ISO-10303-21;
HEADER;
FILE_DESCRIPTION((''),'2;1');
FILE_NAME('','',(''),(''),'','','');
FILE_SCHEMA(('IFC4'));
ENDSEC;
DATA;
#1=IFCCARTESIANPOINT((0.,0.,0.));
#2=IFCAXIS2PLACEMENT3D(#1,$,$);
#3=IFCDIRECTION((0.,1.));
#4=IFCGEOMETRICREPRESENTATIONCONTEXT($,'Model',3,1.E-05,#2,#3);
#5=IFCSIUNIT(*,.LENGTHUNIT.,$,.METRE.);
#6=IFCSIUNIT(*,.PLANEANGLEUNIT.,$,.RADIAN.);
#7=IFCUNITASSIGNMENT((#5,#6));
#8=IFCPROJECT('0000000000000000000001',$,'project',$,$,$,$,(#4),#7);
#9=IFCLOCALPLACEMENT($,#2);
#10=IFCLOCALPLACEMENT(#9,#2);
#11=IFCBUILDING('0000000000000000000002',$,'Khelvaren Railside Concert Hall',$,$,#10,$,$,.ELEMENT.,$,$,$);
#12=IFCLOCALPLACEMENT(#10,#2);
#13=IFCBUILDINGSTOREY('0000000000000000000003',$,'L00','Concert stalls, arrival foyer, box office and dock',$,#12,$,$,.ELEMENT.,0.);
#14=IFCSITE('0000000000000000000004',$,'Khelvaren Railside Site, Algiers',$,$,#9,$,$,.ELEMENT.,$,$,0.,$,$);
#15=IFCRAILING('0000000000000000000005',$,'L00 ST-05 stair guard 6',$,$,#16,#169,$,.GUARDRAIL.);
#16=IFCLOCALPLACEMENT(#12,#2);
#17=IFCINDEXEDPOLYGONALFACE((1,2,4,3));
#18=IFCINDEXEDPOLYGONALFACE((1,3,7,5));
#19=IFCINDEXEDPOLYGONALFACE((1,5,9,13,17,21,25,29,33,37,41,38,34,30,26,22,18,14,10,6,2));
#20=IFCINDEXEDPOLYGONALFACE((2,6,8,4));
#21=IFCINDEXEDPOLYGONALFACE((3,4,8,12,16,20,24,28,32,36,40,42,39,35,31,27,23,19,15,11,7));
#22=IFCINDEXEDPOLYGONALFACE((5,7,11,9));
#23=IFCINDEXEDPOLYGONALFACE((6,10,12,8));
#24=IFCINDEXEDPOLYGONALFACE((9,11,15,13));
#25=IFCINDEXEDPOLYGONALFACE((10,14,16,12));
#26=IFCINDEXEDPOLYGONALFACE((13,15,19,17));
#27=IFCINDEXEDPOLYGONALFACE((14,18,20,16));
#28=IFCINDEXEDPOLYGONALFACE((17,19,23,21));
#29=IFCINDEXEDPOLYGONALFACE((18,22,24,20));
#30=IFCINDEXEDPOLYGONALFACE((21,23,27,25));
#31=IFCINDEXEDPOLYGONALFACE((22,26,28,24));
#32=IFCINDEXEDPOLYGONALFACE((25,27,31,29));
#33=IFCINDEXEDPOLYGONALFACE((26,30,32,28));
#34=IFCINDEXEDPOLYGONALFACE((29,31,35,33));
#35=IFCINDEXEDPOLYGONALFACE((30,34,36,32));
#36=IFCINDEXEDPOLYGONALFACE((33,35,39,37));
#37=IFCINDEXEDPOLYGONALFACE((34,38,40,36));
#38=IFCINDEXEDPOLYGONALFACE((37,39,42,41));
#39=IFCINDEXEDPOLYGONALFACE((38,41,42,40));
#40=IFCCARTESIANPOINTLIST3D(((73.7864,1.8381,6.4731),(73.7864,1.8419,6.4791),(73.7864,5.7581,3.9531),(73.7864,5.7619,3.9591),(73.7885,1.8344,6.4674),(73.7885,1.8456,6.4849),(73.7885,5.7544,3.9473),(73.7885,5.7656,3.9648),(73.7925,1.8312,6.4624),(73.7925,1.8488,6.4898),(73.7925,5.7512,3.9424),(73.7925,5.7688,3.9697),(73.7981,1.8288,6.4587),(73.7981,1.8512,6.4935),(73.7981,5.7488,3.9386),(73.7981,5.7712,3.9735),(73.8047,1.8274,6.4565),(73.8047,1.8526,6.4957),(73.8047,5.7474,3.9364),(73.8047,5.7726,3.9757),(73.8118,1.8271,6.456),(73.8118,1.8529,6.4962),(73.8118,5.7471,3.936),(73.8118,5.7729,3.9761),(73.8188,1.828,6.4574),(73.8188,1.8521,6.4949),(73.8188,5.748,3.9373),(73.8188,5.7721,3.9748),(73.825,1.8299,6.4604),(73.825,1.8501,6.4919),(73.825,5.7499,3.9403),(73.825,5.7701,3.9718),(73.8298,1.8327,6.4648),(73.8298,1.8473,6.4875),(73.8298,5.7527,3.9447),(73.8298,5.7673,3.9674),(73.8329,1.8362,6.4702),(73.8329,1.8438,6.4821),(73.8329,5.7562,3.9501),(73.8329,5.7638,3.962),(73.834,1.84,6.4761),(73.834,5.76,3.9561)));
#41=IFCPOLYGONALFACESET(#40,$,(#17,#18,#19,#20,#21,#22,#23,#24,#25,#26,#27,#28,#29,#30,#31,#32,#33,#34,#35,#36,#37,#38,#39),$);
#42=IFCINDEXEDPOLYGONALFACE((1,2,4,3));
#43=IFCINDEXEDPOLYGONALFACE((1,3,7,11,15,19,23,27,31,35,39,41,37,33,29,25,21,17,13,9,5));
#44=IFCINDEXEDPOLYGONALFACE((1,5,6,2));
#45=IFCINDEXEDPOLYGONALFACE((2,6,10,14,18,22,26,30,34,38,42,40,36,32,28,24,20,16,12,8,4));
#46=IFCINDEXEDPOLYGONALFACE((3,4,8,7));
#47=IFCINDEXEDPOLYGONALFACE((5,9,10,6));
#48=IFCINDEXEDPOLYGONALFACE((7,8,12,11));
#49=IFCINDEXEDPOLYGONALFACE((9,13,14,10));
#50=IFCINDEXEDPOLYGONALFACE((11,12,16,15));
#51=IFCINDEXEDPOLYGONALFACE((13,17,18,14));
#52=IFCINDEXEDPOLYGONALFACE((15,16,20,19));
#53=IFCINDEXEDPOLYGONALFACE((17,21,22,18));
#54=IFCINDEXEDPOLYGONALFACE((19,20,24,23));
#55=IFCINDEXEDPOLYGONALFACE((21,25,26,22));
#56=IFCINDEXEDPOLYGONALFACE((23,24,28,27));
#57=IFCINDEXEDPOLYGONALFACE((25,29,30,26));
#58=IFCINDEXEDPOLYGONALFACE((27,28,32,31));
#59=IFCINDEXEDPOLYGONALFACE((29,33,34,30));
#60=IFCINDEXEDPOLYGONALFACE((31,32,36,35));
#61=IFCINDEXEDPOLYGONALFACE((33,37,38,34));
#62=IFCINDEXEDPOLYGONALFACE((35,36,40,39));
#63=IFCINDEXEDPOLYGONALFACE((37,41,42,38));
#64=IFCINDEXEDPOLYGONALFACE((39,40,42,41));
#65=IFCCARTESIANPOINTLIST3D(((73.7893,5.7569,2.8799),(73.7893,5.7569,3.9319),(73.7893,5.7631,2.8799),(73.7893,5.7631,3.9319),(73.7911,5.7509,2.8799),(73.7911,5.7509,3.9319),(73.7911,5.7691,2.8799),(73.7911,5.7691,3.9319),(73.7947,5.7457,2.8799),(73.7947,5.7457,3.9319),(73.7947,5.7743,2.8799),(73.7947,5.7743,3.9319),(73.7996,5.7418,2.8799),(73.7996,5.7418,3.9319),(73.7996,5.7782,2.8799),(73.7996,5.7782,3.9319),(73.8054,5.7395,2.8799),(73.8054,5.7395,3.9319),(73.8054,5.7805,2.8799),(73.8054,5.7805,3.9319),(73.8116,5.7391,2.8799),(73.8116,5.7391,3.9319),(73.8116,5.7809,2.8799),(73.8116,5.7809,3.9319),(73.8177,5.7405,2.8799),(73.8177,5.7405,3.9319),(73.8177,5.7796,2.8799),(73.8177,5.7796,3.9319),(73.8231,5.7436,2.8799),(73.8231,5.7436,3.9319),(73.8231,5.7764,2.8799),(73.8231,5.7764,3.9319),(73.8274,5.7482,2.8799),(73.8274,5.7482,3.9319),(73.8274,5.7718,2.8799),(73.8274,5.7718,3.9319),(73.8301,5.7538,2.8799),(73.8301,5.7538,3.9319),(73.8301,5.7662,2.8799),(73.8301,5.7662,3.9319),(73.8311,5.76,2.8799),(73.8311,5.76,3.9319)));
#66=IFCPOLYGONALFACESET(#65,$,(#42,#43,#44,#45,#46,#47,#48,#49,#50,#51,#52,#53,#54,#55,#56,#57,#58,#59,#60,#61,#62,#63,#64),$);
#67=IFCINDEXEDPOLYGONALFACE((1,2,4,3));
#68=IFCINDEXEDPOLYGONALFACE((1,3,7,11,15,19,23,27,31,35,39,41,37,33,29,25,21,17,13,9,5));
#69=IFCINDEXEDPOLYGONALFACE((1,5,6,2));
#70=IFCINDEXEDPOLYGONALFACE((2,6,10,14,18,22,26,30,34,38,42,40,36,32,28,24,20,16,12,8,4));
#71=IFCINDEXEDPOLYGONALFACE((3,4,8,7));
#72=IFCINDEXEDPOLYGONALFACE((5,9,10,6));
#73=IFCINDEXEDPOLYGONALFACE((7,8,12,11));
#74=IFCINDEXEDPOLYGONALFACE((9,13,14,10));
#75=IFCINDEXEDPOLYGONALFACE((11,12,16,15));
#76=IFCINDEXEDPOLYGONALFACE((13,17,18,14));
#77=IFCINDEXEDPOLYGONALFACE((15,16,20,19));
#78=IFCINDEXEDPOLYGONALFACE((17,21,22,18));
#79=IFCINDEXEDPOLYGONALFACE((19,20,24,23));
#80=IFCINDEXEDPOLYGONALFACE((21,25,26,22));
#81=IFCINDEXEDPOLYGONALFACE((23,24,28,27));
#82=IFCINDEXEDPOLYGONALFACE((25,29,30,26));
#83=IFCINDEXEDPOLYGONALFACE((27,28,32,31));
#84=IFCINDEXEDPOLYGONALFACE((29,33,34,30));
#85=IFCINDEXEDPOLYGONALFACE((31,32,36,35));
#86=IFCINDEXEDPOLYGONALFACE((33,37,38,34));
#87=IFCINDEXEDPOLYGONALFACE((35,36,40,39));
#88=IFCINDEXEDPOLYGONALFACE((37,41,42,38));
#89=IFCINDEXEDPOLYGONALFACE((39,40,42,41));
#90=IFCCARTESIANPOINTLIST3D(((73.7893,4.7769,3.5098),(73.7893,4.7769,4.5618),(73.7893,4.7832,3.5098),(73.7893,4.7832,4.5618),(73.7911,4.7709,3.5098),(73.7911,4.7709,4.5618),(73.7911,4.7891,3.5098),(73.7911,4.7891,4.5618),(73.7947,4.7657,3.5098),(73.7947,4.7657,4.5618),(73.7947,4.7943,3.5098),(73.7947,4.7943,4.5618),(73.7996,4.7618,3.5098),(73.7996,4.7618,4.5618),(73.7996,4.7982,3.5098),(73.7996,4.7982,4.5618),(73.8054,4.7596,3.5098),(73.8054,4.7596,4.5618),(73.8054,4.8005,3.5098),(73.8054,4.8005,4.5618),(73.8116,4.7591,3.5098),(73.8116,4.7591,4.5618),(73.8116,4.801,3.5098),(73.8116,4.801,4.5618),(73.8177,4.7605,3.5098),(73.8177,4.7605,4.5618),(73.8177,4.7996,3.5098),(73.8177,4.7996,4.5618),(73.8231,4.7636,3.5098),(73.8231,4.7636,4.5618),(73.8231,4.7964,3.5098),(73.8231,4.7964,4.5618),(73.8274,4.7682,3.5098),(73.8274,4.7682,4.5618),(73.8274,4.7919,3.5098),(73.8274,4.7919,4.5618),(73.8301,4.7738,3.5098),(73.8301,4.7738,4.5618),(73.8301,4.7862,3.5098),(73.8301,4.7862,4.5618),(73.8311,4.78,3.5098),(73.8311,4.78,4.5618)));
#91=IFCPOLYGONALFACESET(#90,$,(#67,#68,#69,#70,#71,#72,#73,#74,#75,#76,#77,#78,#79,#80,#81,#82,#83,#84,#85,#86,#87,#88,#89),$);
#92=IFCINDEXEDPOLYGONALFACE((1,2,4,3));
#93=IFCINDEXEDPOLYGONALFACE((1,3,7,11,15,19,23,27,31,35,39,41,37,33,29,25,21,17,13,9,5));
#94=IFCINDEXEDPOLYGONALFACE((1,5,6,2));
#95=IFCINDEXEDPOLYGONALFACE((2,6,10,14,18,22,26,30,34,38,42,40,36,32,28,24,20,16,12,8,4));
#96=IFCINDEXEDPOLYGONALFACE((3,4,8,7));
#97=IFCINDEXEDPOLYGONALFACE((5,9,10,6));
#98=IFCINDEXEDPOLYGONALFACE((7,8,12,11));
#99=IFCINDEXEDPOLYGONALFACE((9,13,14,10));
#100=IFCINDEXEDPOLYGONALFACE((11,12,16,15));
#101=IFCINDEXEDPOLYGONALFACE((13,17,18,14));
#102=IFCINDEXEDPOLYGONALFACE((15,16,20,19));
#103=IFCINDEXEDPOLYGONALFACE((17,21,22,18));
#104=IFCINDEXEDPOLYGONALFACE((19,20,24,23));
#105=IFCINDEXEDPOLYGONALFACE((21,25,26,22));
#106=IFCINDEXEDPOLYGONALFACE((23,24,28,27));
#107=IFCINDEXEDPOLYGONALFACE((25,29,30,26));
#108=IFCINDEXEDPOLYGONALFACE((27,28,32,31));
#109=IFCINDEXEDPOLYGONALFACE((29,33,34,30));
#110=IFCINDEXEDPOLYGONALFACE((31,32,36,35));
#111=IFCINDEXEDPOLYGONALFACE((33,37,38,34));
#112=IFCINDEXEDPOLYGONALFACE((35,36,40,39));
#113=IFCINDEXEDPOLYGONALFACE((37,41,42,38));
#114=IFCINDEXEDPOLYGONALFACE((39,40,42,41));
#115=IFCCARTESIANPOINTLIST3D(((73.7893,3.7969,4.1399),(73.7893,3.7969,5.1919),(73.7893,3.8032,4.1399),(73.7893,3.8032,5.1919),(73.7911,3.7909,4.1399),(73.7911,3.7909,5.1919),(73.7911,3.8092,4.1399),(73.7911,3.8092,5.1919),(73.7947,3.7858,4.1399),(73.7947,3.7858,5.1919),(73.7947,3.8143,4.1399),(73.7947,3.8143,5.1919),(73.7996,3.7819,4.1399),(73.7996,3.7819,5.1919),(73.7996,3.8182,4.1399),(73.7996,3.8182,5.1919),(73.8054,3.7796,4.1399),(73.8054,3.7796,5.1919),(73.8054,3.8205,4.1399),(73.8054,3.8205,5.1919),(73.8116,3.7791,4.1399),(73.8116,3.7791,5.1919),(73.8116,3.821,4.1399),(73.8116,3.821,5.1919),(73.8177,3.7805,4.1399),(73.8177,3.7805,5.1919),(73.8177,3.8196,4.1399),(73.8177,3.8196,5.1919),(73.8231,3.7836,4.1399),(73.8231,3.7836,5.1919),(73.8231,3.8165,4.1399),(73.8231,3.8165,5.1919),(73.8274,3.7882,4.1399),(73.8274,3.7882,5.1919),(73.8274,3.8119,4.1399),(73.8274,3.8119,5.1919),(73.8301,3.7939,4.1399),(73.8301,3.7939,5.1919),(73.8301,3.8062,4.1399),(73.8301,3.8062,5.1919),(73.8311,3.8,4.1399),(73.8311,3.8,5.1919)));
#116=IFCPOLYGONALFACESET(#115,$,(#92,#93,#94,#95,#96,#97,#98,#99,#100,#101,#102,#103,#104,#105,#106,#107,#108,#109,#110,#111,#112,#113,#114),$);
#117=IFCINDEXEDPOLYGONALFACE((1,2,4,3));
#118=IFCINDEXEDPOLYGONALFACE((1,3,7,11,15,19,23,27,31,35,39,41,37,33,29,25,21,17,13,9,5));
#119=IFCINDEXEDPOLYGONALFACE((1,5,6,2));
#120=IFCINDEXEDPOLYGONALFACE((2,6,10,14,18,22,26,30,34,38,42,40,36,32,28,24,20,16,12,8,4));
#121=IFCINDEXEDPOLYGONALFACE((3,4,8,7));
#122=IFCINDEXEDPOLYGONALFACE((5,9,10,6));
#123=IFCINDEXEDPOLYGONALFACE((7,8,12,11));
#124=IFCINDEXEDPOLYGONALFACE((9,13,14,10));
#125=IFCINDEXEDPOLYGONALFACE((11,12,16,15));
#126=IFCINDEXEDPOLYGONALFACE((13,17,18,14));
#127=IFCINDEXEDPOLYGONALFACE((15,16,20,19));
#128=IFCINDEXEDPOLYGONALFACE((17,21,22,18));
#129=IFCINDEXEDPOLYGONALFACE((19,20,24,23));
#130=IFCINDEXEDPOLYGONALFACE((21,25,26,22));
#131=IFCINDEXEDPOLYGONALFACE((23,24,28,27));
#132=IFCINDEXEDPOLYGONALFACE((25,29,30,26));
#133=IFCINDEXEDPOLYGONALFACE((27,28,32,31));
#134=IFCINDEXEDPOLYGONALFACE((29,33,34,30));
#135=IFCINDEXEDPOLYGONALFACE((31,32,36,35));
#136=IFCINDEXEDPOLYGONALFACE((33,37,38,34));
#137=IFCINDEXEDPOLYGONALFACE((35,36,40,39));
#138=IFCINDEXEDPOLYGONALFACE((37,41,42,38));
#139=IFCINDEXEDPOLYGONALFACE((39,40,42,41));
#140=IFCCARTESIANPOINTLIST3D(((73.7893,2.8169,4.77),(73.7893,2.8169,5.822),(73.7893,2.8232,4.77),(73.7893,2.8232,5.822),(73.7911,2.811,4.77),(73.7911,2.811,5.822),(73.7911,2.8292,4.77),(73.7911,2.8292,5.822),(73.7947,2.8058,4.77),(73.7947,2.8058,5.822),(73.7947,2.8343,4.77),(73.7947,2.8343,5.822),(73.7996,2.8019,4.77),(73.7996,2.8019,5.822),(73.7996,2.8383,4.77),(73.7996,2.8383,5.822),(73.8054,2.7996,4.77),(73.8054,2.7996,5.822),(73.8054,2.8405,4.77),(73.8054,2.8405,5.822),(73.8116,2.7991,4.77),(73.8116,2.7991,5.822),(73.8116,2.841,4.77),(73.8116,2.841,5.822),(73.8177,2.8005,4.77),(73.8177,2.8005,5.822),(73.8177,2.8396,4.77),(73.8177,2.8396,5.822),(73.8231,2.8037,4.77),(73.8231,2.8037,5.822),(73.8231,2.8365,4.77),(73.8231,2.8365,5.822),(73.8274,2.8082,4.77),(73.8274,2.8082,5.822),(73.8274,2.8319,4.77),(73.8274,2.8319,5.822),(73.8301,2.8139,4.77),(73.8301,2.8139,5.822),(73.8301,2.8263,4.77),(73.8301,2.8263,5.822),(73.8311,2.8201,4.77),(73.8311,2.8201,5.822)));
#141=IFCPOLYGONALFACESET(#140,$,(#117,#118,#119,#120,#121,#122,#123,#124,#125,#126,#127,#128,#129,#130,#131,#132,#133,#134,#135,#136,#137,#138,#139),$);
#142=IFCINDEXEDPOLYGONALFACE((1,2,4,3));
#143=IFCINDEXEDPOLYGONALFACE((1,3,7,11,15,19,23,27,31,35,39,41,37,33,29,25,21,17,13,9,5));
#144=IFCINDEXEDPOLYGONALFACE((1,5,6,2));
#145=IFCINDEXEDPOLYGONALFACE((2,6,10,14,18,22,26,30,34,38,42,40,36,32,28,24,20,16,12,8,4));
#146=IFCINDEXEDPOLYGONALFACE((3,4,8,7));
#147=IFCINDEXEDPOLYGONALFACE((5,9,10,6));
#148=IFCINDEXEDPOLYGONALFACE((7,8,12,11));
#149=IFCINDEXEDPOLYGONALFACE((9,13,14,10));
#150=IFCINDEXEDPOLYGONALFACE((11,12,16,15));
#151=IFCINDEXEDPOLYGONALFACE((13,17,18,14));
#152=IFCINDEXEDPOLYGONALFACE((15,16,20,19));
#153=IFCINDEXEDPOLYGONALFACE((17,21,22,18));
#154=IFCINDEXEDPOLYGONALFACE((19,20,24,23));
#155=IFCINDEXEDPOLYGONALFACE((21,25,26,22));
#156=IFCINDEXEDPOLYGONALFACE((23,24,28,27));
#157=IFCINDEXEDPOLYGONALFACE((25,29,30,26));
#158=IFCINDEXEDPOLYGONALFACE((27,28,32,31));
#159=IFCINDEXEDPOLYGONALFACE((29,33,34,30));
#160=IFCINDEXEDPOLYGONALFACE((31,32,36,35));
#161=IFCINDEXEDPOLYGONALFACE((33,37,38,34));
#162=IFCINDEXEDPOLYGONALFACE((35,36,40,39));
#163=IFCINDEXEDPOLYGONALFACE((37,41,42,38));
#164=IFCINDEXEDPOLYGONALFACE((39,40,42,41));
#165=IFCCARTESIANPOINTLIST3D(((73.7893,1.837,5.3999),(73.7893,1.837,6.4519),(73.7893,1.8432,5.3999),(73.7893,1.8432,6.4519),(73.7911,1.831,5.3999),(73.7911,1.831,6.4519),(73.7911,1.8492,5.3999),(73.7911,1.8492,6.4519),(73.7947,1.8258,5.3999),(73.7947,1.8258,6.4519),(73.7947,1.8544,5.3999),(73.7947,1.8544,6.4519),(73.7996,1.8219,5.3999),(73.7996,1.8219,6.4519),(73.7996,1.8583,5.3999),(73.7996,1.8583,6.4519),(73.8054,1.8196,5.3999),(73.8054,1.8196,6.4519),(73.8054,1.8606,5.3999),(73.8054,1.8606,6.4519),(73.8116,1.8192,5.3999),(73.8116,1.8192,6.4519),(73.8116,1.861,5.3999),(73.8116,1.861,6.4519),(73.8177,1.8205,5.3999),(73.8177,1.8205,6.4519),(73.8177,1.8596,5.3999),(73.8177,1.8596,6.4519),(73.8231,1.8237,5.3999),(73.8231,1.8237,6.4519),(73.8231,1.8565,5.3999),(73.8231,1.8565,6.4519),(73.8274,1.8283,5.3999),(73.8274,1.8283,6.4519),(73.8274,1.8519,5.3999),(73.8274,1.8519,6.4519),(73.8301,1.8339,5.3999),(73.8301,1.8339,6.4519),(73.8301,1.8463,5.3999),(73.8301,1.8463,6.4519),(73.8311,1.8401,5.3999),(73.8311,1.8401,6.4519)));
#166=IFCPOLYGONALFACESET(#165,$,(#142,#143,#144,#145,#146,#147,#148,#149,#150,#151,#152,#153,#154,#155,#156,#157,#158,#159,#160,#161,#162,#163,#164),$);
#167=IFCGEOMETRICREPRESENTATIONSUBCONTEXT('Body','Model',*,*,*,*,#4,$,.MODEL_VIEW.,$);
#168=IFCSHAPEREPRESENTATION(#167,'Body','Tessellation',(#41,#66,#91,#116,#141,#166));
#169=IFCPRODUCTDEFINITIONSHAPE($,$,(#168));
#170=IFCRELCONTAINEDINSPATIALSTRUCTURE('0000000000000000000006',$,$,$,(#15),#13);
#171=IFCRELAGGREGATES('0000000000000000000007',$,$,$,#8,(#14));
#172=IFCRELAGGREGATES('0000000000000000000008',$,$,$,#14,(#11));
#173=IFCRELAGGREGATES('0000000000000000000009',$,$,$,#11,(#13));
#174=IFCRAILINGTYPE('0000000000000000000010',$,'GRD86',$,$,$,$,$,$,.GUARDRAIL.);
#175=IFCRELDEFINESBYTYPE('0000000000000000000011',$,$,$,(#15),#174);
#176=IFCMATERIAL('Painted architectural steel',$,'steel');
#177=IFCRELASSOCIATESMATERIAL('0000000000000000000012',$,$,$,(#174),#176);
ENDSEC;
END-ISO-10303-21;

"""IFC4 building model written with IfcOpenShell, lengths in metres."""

from ifc_helpers import new_model, si_unit, direction, frame, origin, origin_2d, place, context, subcontext, project, spatial, circle, extrude, material, type_object, element, save


model = new_model("IFC4")

# Units and contexts
model_context = context("Model", 3, precision=1e-05, world=origin(), true_north=direction((0.0, 1.0)))
body_context = subcontext(model_context, "Body", "Model", "MODEL_VIEW")
ifc_project = project(units=[si_unit("LENGTHUNIT", "METRE"), si_unit("PLANEANGLEUNIT", "RADIAN")], contexts=[model_context])

# Site, building, storey
site_placement = place(None, origin())
site = spatial("IfcSite", under=ifc_project, at=site_placement, Name="Khelvaren Railside Site, Algiers", CompositionType="ELEMENT", RefElevation=0.0)
building_placement = place(site_placement, origin())
building = spatial("IfcBuilding", under=site, at=building_placement, Name="Khelvaren Railside Concert Hall", CompositionType="ELEMENT")
storey_placement = place(building_placement, origin())
storey = spatial("IfcBuildingStorey", under=building, at=storey_placement, Name="L00", Description="Concert stalls, arrival foyer, box office and dock", CompositionType="ELEMENT", Elevation=0.0)

# Railing
ifc_material_1 = material(Name="Painted architectural steel", Category="steel")
railing_type_1 = type_object("IfcRailingType", Name="GRD86", PredefinedType="GUARDRAIL", material=ifc_material_1)
railing_1_placement = place(storey_placement, frame((73.8101, 5.76, 2.8799)))
element("IfcRailing", 1, at=railing_1_placement, inside=storey, type_object=railing_type_1, Name="L00 ST-05 stair guard 6", PredefinedType="GUARDRAIL", context=body_context, shape_type="SweptSolid", body=[
    extrude(circle(Radius=0.0239, at=origin_2d()), frame((0.0, 0.0, 1.0762), z_axis=(0.0, -0.841172, 0.540768), x_axis=(1.0, 0.0, 0.0)), (0.0, 0.0, 1.0), 4.6602),
    extrude(circle(Radius=0.021, at=origin_2d()), origin(), (0.0, 0.0, 1.0), 1.052),
    extrude(circle(Radius=0.021, at=origin_2d()), frame((0.0, -0.98, 0.6299)), (0.0, 0.0, 1.0), 1.052),
    extrude(circle(Radius=0.021, at=origin_2d()), frame((0.0, -1.96, 1.26)), (0.0, 0.0, 1.0), 1.052),
    extrude(circle(Radius=0.021, at=origin_2d()), frame((0.0, -2.9399, 1.8901)), (0.0, 0.0, 1.0), 1.052),
    extrude(circle(Radius=0.021, at=origin_2d()), frame((0.0, -3.9199, 2.52)), (0.0, 0.0, 1.0), 1.052),
])

save(model, "model.ifc")
